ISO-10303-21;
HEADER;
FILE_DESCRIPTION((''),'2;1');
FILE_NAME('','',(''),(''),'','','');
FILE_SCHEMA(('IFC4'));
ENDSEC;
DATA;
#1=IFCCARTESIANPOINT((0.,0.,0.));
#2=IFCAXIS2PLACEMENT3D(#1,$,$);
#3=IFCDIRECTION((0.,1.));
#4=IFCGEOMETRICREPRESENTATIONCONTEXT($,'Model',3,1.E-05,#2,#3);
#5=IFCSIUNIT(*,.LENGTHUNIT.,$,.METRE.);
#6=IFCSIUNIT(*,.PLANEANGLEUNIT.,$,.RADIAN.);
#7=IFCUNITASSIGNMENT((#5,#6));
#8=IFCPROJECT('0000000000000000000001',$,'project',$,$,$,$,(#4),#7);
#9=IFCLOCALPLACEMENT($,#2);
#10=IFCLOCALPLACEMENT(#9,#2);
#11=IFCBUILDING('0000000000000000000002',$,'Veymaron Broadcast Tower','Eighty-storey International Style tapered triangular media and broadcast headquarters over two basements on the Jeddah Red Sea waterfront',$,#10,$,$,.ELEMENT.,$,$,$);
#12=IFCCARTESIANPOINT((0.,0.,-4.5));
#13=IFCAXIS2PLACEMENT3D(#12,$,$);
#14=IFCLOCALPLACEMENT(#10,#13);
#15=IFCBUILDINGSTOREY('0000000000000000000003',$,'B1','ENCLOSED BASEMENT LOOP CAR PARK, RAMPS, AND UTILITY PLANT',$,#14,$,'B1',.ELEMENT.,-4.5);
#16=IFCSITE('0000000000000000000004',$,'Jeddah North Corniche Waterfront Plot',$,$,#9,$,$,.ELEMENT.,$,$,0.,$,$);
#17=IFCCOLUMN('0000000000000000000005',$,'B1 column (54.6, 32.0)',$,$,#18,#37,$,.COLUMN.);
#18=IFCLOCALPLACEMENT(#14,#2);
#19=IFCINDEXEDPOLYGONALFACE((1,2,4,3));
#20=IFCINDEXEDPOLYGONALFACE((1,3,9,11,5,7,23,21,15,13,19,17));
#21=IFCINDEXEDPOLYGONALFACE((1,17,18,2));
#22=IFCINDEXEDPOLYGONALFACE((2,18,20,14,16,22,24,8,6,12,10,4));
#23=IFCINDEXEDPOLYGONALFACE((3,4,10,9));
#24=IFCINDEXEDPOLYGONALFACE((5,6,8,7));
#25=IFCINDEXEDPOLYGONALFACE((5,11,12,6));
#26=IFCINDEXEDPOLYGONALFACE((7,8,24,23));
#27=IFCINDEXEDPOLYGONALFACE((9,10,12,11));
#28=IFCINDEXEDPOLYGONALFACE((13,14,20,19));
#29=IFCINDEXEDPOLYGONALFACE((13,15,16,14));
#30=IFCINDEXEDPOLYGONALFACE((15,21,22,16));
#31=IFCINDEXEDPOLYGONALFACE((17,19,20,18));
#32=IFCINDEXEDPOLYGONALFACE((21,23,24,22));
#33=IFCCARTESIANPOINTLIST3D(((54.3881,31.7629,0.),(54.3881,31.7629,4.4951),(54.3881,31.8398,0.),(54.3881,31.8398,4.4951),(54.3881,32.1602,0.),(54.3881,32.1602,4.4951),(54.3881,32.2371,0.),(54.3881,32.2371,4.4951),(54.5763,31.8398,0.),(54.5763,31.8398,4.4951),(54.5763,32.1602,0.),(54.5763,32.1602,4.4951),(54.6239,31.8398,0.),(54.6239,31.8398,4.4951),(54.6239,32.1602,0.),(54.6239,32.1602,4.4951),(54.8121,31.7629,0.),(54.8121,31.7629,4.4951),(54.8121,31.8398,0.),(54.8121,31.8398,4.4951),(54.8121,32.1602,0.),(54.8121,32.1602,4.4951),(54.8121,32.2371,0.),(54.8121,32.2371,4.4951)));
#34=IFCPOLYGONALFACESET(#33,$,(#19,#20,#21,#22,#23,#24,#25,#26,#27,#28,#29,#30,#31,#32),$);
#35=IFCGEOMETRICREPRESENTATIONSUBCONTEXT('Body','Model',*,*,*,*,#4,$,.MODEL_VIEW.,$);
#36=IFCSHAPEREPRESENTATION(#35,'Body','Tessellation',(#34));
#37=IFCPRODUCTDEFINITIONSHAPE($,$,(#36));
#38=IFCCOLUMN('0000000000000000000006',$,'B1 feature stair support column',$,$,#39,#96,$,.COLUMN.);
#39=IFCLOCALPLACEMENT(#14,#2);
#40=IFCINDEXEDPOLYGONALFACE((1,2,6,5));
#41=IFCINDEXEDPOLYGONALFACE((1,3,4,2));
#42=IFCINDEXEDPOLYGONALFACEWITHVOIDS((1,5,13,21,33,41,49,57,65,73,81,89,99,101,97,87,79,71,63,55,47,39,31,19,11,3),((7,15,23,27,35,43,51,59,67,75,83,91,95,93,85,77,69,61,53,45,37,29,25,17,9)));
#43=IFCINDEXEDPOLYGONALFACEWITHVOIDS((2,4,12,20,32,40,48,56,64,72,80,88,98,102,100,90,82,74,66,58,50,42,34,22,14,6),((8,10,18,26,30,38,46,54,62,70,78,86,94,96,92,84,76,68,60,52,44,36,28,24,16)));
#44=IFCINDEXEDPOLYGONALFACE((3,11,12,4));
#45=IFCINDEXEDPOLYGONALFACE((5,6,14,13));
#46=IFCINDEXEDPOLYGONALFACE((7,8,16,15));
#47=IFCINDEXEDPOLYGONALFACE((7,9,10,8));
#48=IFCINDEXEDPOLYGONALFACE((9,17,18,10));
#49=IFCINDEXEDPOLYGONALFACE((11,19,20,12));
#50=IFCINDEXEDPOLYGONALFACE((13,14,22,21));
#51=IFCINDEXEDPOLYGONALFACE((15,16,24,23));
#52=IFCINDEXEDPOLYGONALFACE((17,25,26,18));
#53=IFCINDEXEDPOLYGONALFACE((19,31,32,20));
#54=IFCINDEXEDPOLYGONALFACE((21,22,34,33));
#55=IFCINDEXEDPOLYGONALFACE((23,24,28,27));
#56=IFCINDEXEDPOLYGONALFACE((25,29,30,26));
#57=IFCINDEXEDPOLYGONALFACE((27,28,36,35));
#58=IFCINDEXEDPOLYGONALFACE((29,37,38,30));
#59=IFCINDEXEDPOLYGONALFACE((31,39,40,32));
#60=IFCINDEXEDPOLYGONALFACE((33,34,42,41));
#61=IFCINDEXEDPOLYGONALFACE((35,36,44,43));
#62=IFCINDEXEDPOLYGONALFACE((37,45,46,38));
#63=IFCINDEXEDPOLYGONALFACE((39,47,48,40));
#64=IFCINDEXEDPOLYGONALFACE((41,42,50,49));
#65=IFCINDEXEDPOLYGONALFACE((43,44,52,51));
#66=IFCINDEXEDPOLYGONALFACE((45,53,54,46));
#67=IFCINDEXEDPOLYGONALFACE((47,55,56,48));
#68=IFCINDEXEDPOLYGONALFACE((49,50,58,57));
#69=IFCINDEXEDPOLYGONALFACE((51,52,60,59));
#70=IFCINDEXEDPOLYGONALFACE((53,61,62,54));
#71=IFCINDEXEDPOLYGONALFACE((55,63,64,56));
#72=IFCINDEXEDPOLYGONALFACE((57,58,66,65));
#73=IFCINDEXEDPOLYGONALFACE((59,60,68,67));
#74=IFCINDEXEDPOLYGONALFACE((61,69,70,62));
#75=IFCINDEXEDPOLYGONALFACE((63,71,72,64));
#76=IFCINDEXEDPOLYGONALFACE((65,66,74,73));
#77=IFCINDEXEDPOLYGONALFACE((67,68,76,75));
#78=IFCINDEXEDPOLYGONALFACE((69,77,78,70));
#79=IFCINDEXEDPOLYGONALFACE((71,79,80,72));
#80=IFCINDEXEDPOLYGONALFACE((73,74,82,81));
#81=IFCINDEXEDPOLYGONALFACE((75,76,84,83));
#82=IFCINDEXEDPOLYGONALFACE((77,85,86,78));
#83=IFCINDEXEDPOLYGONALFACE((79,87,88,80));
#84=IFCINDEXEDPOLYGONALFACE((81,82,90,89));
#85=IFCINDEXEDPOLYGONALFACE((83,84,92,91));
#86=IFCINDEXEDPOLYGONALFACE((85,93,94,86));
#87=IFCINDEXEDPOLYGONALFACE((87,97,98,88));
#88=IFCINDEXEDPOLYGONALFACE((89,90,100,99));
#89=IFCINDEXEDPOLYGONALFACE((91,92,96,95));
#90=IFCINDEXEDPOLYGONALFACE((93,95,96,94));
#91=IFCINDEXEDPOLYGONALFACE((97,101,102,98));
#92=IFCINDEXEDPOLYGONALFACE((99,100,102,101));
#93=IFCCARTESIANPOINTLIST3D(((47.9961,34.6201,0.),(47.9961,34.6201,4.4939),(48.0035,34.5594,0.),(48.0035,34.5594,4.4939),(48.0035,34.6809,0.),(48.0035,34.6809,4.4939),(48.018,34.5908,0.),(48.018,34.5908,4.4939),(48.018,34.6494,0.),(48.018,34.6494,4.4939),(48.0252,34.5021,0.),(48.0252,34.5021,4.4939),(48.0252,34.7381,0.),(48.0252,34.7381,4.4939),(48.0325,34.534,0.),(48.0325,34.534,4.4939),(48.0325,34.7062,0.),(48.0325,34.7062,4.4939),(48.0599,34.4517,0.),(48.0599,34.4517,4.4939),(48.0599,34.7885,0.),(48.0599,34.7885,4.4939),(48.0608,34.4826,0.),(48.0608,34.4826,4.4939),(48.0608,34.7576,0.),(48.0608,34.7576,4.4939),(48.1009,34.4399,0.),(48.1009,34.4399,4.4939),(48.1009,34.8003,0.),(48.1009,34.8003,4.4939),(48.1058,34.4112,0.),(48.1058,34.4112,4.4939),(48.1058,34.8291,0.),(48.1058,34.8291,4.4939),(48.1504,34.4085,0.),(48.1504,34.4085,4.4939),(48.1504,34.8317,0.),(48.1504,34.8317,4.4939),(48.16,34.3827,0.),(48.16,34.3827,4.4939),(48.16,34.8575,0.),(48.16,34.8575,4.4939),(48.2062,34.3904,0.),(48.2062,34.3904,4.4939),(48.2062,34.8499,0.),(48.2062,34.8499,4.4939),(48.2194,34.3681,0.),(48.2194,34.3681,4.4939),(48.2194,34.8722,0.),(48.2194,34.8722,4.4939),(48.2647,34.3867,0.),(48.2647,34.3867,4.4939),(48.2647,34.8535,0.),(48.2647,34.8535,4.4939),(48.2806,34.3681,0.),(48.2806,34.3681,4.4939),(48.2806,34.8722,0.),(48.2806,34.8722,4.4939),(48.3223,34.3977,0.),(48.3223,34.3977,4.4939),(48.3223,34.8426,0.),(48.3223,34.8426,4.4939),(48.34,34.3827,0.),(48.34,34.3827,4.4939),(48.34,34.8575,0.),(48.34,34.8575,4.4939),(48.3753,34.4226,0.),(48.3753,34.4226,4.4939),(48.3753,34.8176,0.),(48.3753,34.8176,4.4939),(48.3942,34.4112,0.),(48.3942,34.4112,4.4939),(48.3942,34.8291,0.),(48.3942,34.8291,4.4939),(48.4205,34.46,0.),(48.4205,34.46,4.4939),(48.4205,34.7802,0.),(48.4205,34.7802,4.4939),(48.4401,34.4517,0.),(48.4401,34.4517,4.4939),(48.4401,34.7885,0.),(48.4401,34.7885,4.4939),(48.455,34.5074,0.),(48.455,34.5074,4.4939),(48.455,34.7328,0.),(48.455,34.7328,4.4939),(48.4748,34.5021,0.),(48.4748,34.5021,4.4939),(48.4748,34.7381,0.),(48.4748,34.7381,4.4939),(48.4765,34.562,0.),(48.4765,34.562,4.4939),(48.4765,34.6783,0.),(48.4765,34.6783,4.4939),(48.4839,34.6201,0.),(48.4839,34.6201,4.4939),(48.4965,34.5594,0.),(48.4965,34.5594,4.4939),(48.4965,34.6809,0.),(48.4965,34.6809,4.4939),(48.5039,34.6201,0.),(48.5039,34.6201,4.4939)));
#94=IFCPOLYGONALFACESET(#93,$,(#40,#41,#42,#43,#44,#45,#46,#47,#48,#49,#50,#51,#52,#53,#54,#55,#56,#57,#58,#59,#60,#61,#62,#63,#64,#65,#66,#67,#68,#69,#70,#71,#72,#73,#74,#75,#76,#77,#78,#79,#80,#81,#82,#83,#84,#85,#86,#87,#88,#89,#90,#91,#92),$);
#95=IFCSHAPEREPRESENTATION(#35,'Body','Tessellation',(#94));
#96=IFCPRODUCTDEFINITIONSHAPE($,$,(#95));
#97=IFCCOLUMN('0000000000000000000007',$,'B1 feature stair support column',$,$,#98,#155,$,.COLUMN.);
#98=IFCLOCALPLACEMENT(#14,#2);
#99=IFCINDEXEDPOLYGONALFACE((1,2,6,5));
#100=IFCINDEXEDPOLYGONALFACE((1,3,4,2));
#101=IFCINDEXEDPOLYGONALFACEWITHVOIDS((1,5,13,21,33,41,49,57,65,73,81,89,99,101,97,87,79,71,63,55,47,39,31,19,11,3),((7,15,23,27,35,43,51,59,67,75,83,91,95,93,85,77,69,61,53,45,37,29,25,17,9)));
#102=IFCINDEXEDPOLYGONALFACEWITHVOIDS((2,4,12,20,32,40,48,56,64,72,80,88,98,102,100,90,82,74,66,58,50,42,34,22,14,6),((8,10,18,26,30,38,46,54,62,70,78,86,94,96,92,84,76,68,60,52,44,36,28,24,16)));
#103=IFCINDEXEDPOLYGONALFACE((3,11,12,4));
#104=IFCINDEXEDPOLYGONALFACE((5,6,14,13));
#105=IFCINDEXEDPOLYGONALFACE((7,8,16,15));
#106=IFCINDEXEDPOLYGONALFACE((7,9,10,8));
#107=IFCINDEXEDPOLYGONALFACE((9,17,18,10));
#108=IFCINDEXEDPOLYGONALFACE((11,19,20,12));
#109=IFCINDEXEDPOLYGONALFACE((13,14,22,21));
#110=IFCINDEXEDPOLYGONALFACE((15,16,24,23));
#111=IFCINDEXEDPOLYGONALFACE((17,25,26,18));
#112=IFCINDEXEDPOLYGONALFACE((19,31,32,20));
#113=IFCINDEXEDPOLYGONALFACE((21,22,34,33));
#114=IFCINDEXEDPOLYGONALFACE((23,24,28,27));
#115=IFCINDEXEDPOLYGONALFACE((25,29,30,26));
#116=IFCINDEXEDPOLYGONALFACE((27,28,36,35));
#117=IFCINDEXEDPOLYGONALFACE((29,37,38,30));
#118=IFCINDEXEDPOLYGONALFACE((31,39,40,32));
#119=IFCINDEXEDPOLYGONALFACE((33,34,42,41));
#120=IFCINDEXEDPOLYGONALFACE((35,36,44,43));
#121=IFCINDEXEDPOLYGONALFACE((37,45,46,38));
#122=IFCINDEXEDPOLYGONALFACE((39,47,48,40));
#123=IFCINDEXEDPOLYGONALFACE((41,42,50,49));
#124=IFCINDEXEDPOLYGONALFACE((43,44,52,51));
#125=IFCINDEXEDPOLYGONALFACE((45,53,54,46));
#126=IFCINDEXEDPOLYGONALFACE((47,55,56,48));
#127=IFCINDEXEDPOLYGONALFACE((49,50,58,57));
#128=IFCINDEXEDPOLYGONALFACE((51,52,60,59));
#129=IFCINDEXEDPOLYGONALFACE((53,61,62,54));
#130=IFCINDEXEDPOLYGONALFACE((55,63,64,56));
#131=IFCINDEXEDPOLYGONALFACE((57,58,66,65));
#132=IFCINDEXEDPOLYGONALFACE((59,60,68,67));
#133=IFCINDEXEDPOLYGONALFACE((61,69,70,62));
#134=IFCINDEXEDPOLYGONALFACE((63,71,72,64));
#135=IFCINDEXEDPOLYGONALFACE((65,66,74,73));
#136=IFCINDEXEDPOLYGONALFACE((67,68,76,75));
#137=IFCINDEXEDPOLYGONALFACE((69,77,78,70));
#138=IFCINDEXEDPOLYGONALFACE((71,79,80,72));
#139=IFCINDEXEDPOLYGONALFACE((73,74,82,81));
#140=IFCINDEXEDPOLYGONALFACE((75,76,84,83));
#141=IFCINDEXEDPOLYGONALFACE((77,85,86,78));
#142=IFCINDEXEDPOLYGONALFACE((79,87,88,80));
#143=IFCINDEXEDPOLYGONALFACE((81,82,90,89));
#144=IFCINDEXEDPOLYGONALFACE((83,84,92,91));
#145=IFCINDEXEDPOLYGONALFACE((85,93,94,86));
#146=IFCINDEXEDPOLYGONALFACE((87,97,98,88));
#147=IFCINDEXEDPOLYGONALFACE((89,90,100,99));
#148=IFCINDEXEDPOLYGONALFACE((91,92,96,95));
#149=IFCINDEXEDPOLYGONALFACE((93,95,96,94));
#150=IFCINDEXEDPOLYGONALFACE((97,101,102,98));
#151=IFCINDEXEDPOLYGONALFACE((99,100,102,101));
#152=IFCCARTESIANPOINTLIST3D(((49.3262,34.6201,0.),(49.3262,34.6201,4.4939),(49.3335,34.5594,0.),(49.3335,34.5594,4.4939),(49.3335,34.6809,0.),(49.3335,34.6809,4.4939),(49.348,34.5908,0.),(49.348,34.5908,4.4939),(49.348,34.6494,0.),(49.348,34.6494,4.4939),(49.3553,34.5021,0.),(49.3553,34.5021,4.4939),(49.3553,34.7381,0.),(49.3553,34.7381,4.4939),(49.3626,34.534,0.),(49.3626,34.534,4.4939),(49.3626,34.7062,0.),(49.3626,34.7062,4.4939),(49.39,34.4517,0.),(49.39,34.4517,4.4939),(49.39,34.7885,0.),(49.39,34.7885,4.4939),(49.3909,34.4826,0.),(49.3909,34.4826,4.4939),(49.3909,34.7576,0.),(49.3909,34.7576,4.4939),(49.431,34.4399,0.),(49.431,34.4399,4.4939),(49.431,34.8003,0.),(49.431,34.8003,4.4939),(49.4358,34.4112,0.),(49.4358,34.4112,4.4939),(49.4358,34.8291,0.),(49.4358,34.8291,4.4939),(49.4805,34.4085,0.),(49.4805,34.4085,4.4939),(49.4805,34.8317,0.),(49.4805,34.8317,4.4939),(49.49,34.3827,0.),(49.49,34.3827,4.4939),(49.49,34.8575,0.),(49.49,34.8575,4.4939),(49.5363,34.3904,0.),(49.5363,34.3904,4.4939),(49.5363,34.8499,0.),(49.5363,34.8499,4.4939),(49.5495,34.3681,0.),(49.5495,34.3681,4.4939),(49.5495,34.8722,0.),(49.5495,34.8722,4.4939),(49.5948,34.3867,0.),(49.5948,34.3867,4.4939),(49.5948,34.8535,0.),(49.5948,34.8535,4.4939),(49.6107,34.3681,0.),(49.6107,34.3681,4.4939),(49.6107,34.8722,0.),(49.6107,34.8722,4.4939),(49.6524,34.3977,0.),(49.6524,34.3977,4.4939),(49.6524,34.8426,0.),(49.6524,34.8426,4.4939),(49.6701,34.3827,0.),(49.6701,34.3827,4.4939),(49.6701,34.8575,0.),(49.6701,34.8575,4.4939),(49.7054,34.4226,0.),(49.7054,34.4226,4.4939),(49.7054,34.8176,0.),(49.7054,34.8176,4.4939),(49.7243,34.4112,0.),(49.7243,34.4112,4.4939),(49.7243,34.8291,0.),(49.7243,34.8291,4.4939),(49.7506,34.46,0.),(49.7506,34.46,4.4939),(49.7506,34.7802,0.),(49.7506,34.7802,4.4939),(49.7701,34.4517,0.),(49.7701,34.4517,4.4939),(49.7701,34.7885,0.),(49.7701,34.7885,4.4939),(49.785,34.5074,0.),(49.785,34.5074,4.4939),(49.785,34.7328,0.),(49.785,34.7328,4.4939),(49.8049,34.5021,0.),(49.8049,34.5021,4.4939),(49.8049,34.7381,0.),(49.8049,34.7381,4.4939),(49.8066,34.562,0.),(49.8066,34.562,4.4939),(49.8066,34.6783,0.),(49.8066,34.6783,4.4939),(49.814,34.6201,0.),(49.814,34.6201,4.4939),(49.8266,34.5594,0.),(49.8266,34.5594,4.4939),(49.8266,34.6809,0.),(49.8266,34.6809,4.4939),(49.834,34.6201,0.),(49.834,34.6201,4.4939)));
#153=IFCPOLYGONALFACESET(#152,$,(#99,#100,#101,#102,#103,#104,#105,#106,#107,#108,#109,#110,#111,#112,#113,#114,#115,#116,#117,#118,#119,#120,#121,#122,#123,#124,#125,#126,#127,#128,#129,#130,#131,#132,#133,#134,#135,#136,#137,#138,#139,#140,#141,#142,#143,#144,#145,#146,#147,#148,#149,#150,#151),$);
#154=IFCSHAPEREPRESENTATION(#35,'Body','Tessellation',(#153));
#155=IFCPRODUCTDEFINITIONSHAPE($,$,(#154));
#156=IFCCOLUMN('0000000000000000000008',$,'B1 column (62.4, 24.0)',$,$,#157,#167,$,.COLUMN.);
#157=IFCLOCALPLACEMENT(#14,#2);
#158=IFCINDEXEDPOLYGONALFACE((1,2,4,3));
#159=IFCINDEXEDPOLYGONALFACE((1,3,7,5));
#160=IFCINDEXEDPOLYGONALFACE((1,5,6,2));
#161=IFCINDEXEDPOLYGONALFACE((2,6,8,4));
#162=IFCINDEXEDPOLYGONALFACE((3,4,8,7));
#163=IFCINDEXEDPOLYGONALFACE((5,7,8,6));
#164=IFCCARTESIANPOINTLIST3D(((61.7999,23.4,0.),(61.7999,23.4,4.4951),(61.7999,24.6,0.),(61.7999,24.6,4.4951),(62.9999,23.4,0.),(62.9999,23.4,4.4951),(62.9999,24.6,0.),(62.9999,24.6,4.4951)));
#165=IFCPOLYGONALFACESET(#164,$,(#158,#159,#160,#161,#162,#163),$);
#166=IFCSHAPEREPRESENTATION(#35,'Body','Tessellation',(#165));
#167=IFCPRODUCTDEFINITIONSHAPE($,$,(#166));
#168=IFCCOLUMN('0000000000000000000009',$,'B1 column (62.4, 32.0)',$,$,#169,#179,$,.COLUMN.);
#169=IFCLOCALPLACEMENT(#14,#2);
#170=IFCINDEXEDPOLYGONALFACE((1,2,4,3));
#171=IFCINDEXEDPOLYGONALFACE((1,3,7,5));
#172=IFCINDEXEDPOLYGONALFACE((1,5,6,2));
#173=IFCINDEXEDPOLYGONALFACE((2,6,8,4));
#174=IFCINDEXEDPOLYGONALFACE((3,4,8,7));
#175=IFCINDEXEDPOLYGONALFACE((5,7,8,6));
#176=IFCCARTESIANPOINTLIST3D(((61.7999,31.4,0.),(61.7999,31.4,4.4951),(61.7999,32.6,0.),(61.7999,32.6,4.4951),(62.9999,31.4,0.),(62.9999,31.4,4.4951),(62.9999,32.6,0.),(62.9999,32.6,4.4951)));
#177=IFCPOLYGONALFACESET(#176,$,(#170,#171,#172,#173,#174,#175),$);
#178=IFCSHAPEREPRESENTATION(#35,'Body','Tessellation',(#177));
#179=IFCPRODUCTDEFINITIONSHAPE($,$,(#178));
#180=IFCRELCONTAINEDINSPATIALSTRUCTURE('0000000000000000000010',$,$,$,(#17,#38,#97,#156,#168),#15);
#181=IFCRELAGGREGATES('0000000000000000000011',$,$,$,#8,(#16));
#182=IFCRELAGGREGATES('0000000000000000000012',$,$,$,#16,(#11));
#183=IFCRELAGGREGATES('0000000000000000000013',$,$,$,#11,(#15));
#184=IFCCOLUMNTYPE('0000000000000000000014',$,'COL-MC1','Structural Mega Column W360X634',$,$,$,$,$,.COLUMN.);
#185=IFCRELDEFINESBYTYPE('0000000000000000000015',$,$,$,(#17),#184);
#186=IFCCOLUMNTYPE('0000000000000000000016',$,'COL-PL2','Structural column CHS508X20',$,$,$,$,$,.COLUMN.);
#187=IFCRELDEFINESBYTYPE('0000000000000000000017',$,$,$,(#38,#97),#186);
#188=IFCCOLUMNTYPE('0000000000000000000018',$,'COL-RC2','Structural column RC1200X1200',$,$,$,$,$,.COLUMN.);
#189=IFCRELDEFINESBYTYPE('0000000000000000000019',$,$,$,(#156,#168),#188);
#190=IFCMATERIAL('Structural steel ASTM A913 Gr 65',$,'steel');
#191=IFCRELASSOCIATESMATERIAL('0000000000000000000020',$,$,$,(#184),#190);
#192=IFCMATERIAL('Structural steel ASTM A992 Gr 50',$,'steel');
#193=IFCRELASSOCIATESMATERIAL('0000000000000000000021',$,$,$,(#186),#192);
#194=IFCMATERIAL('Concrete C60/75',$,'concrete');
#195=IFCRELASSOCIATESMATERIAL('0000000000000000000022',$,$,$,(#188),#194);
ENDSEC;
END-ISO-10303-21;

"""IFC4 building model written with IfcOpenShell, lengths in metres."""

from ifc_helpers import new_model, si_unit, direction, frame, origin, origin_2d, place, context, subcontext, project, spatial, rectangle, hollow_circle, i_section, extrude, material, material_profile, profile_set, type_object, element, save


model = new_model("IFC4")

# Units and contexts
model_context = context("Model", 3, precision=1e-05, world=origin(), true_north=direction((0.0, 1.0)))
body_context = subcontext(model_context, "Body", "Model", "MODEL_VIEW")
ifc_project = project(units=[si_unit("LENGTHUNIT", "METRE"), si_unit("PLANEANGLEUNIT", "RADIAN")], contexts=[model_context])

# Site, building, storey
site_placement = place(None, origin())
site = spatial("IfcSite", under=ifc_project, at=site_placement, Name="Jeddah North Corniche Waterfront Plot", CompositionType="ELEMENT", RefElevation=0.0)
building_placement = place(site_placement, origin())
building = spatial("IfcBuilding", under=site, at=building_placement, Name="Veymaron Broadcast Tower", Description="Eighty-storey International Style tapered triangular media and broadcast headquarters over two basements on the Jeddah Red Sea waterfront", CompositionType="ELEMENT")
storey_placement = place(building_placement, frame((0.0, 0.0, -4.5)))
storey = spatial("IfcBuildingStorey", under=building, at=storey_placement, Name="B1", Description="ENCLOSED BASEMENT LOOP CAR PARK, RAMPS, AND UTILITY PLANT", LongName="B1", CompositionType="ELEMENT", Elevation=-4.5)

# Columns
ifc_material_1 = material(Name="Structural steel ASTM A913 Gr 65", Category="steel")
ifc_material_profile_1 = material_profile(ifc_material_1, i_section(OverallWidth=0.4241, OverallDepth=0.4741, WebThickness=0.0476, FlangeThickness=0.0769, at=origin_2d()), Name="W360X634")
ifc_profile_set_1 = profile_set([ifc_material_profile_1], Name="Structural steel ASTM A913 Gr 65")
column_type_1 = type_object("IfcColumnType", Name="COL-MC1", Description="Structural Mega Column W360X634", PredefinedType="COLUMN", material=ifc_profile_set_1)
column_placement = place(storey_placement, frame((54.6001, 32.0, 0.0), z_axis=(0.0, 0.0, 1.0), x_axis=(1.0, 0.0, 0.0)))
element("IfcColumn", 1, at=column_placement, inside=storey, type_object=column_type_1, Name="B1 column (54.6, 32.0)", PredefinedType="COLUMN", context=body_context, shape_type="SweptSolid", body=[
    extrude(i_section(OverallWidth=0.4241, OverallDepth=0.4741, WebThickness=0.0476, FlangeThickness=0.0769, at=origin_2d()), origin(), (0.0, 0.0, 1.0), 4.4951),
])
ifc_material_2 = material(Name="Structural steel ASTM A992 Gr 50", Category="steel")
ifc_material_profile_2 = material_profile(ifc_material_2, hollow_circle(Radius=0.2539, WallThickness=0.02, at=origin_2d()), Name="CHS508X20")
ifc_profile_set_2 = profile_set([ifc_material_profile_2], Name="Structural steel ASTM A992 Gr 50")
column_type_2 = type_object("IfcColumnType", Name="COL-PL2", Description="Structural column CHS508X20", PredefinedType="COLUMN", material=ifc_profile_set_2)
for number, where, z_axis, x_axis, name in (
    (2, (48.25, 34.6201, 0.0), (0.0, 0.0, 1.0), (1.0, 0.0, 0.0), "B1 feature stair support column"),
    (3, (49.5801, 34.6201, 0.0), (0.0, 0.0, 1.0), (1.0, 0.0, 0.0), "B1 feature stair support column"),
):
    element("IfcColumn", number, at=place(storey_placement, frame(where, z_axis=z_axis, x_axis=x_axis)), inside=storey, type_object=column_type_2, Name=name, PredefinedType="COLUMN", context=body_context, shape_type="SweptSolid", body=[
        extrude(hollow_circle(Radius=0.2539, WallThickness=0.02, at=origin_2d()), origin(), (0.0, 0.0, 1.0), 4.4939),
    ])
ifc_material_3 = material(Name="Concrete C60/75", Category="concrete")
ifc_material_profile_3 = material_profile(ifc_material_3, rectangle(XDim=1.2, YDim=1.2, at=origin_2d()), Name="RC1200X1200")
ifc_profile_set_3 = profile_set([ifc_material_profile_3], Name="Concrete C60/75")
column_type_3 = type_object("IfcColumnType", Name="COL-RC2", Description="Structural column RC1200X1200", PredefinedType="COLUMN", material=ifc_profile_set_3)
for number, where, z_axis, x_axis, name in (
    (4, (62.3999, 24.0, 0.0), (0.0, 0.0, 1.0), (1.0, 0.0, 0.0), "B1 column (62.4, 24.0)"),
    (5, (62.3999, 32.0, 0.0), (0.0, 0.0, 1.0), (1.0, 0.0, 0.0), "B1 column (62.4, 32.0)"),
):
    element("IfcColumn", number, at=place(storey_placement, frame(where, z_axis=z_axis, x_axis=x_axis)), inside=storey, type_object=column_type_3, Name=name, PredefinedType="COLUMN", context=body_context, shape_type="SweptSolid", body=[
        extrude(rectangle(XDim=1.2, YDim=1.2, at=origin_2d()), origin(), (0.0, 0.0, 1.0), 4.4951),
    ])

save(model, "model.ifc")
